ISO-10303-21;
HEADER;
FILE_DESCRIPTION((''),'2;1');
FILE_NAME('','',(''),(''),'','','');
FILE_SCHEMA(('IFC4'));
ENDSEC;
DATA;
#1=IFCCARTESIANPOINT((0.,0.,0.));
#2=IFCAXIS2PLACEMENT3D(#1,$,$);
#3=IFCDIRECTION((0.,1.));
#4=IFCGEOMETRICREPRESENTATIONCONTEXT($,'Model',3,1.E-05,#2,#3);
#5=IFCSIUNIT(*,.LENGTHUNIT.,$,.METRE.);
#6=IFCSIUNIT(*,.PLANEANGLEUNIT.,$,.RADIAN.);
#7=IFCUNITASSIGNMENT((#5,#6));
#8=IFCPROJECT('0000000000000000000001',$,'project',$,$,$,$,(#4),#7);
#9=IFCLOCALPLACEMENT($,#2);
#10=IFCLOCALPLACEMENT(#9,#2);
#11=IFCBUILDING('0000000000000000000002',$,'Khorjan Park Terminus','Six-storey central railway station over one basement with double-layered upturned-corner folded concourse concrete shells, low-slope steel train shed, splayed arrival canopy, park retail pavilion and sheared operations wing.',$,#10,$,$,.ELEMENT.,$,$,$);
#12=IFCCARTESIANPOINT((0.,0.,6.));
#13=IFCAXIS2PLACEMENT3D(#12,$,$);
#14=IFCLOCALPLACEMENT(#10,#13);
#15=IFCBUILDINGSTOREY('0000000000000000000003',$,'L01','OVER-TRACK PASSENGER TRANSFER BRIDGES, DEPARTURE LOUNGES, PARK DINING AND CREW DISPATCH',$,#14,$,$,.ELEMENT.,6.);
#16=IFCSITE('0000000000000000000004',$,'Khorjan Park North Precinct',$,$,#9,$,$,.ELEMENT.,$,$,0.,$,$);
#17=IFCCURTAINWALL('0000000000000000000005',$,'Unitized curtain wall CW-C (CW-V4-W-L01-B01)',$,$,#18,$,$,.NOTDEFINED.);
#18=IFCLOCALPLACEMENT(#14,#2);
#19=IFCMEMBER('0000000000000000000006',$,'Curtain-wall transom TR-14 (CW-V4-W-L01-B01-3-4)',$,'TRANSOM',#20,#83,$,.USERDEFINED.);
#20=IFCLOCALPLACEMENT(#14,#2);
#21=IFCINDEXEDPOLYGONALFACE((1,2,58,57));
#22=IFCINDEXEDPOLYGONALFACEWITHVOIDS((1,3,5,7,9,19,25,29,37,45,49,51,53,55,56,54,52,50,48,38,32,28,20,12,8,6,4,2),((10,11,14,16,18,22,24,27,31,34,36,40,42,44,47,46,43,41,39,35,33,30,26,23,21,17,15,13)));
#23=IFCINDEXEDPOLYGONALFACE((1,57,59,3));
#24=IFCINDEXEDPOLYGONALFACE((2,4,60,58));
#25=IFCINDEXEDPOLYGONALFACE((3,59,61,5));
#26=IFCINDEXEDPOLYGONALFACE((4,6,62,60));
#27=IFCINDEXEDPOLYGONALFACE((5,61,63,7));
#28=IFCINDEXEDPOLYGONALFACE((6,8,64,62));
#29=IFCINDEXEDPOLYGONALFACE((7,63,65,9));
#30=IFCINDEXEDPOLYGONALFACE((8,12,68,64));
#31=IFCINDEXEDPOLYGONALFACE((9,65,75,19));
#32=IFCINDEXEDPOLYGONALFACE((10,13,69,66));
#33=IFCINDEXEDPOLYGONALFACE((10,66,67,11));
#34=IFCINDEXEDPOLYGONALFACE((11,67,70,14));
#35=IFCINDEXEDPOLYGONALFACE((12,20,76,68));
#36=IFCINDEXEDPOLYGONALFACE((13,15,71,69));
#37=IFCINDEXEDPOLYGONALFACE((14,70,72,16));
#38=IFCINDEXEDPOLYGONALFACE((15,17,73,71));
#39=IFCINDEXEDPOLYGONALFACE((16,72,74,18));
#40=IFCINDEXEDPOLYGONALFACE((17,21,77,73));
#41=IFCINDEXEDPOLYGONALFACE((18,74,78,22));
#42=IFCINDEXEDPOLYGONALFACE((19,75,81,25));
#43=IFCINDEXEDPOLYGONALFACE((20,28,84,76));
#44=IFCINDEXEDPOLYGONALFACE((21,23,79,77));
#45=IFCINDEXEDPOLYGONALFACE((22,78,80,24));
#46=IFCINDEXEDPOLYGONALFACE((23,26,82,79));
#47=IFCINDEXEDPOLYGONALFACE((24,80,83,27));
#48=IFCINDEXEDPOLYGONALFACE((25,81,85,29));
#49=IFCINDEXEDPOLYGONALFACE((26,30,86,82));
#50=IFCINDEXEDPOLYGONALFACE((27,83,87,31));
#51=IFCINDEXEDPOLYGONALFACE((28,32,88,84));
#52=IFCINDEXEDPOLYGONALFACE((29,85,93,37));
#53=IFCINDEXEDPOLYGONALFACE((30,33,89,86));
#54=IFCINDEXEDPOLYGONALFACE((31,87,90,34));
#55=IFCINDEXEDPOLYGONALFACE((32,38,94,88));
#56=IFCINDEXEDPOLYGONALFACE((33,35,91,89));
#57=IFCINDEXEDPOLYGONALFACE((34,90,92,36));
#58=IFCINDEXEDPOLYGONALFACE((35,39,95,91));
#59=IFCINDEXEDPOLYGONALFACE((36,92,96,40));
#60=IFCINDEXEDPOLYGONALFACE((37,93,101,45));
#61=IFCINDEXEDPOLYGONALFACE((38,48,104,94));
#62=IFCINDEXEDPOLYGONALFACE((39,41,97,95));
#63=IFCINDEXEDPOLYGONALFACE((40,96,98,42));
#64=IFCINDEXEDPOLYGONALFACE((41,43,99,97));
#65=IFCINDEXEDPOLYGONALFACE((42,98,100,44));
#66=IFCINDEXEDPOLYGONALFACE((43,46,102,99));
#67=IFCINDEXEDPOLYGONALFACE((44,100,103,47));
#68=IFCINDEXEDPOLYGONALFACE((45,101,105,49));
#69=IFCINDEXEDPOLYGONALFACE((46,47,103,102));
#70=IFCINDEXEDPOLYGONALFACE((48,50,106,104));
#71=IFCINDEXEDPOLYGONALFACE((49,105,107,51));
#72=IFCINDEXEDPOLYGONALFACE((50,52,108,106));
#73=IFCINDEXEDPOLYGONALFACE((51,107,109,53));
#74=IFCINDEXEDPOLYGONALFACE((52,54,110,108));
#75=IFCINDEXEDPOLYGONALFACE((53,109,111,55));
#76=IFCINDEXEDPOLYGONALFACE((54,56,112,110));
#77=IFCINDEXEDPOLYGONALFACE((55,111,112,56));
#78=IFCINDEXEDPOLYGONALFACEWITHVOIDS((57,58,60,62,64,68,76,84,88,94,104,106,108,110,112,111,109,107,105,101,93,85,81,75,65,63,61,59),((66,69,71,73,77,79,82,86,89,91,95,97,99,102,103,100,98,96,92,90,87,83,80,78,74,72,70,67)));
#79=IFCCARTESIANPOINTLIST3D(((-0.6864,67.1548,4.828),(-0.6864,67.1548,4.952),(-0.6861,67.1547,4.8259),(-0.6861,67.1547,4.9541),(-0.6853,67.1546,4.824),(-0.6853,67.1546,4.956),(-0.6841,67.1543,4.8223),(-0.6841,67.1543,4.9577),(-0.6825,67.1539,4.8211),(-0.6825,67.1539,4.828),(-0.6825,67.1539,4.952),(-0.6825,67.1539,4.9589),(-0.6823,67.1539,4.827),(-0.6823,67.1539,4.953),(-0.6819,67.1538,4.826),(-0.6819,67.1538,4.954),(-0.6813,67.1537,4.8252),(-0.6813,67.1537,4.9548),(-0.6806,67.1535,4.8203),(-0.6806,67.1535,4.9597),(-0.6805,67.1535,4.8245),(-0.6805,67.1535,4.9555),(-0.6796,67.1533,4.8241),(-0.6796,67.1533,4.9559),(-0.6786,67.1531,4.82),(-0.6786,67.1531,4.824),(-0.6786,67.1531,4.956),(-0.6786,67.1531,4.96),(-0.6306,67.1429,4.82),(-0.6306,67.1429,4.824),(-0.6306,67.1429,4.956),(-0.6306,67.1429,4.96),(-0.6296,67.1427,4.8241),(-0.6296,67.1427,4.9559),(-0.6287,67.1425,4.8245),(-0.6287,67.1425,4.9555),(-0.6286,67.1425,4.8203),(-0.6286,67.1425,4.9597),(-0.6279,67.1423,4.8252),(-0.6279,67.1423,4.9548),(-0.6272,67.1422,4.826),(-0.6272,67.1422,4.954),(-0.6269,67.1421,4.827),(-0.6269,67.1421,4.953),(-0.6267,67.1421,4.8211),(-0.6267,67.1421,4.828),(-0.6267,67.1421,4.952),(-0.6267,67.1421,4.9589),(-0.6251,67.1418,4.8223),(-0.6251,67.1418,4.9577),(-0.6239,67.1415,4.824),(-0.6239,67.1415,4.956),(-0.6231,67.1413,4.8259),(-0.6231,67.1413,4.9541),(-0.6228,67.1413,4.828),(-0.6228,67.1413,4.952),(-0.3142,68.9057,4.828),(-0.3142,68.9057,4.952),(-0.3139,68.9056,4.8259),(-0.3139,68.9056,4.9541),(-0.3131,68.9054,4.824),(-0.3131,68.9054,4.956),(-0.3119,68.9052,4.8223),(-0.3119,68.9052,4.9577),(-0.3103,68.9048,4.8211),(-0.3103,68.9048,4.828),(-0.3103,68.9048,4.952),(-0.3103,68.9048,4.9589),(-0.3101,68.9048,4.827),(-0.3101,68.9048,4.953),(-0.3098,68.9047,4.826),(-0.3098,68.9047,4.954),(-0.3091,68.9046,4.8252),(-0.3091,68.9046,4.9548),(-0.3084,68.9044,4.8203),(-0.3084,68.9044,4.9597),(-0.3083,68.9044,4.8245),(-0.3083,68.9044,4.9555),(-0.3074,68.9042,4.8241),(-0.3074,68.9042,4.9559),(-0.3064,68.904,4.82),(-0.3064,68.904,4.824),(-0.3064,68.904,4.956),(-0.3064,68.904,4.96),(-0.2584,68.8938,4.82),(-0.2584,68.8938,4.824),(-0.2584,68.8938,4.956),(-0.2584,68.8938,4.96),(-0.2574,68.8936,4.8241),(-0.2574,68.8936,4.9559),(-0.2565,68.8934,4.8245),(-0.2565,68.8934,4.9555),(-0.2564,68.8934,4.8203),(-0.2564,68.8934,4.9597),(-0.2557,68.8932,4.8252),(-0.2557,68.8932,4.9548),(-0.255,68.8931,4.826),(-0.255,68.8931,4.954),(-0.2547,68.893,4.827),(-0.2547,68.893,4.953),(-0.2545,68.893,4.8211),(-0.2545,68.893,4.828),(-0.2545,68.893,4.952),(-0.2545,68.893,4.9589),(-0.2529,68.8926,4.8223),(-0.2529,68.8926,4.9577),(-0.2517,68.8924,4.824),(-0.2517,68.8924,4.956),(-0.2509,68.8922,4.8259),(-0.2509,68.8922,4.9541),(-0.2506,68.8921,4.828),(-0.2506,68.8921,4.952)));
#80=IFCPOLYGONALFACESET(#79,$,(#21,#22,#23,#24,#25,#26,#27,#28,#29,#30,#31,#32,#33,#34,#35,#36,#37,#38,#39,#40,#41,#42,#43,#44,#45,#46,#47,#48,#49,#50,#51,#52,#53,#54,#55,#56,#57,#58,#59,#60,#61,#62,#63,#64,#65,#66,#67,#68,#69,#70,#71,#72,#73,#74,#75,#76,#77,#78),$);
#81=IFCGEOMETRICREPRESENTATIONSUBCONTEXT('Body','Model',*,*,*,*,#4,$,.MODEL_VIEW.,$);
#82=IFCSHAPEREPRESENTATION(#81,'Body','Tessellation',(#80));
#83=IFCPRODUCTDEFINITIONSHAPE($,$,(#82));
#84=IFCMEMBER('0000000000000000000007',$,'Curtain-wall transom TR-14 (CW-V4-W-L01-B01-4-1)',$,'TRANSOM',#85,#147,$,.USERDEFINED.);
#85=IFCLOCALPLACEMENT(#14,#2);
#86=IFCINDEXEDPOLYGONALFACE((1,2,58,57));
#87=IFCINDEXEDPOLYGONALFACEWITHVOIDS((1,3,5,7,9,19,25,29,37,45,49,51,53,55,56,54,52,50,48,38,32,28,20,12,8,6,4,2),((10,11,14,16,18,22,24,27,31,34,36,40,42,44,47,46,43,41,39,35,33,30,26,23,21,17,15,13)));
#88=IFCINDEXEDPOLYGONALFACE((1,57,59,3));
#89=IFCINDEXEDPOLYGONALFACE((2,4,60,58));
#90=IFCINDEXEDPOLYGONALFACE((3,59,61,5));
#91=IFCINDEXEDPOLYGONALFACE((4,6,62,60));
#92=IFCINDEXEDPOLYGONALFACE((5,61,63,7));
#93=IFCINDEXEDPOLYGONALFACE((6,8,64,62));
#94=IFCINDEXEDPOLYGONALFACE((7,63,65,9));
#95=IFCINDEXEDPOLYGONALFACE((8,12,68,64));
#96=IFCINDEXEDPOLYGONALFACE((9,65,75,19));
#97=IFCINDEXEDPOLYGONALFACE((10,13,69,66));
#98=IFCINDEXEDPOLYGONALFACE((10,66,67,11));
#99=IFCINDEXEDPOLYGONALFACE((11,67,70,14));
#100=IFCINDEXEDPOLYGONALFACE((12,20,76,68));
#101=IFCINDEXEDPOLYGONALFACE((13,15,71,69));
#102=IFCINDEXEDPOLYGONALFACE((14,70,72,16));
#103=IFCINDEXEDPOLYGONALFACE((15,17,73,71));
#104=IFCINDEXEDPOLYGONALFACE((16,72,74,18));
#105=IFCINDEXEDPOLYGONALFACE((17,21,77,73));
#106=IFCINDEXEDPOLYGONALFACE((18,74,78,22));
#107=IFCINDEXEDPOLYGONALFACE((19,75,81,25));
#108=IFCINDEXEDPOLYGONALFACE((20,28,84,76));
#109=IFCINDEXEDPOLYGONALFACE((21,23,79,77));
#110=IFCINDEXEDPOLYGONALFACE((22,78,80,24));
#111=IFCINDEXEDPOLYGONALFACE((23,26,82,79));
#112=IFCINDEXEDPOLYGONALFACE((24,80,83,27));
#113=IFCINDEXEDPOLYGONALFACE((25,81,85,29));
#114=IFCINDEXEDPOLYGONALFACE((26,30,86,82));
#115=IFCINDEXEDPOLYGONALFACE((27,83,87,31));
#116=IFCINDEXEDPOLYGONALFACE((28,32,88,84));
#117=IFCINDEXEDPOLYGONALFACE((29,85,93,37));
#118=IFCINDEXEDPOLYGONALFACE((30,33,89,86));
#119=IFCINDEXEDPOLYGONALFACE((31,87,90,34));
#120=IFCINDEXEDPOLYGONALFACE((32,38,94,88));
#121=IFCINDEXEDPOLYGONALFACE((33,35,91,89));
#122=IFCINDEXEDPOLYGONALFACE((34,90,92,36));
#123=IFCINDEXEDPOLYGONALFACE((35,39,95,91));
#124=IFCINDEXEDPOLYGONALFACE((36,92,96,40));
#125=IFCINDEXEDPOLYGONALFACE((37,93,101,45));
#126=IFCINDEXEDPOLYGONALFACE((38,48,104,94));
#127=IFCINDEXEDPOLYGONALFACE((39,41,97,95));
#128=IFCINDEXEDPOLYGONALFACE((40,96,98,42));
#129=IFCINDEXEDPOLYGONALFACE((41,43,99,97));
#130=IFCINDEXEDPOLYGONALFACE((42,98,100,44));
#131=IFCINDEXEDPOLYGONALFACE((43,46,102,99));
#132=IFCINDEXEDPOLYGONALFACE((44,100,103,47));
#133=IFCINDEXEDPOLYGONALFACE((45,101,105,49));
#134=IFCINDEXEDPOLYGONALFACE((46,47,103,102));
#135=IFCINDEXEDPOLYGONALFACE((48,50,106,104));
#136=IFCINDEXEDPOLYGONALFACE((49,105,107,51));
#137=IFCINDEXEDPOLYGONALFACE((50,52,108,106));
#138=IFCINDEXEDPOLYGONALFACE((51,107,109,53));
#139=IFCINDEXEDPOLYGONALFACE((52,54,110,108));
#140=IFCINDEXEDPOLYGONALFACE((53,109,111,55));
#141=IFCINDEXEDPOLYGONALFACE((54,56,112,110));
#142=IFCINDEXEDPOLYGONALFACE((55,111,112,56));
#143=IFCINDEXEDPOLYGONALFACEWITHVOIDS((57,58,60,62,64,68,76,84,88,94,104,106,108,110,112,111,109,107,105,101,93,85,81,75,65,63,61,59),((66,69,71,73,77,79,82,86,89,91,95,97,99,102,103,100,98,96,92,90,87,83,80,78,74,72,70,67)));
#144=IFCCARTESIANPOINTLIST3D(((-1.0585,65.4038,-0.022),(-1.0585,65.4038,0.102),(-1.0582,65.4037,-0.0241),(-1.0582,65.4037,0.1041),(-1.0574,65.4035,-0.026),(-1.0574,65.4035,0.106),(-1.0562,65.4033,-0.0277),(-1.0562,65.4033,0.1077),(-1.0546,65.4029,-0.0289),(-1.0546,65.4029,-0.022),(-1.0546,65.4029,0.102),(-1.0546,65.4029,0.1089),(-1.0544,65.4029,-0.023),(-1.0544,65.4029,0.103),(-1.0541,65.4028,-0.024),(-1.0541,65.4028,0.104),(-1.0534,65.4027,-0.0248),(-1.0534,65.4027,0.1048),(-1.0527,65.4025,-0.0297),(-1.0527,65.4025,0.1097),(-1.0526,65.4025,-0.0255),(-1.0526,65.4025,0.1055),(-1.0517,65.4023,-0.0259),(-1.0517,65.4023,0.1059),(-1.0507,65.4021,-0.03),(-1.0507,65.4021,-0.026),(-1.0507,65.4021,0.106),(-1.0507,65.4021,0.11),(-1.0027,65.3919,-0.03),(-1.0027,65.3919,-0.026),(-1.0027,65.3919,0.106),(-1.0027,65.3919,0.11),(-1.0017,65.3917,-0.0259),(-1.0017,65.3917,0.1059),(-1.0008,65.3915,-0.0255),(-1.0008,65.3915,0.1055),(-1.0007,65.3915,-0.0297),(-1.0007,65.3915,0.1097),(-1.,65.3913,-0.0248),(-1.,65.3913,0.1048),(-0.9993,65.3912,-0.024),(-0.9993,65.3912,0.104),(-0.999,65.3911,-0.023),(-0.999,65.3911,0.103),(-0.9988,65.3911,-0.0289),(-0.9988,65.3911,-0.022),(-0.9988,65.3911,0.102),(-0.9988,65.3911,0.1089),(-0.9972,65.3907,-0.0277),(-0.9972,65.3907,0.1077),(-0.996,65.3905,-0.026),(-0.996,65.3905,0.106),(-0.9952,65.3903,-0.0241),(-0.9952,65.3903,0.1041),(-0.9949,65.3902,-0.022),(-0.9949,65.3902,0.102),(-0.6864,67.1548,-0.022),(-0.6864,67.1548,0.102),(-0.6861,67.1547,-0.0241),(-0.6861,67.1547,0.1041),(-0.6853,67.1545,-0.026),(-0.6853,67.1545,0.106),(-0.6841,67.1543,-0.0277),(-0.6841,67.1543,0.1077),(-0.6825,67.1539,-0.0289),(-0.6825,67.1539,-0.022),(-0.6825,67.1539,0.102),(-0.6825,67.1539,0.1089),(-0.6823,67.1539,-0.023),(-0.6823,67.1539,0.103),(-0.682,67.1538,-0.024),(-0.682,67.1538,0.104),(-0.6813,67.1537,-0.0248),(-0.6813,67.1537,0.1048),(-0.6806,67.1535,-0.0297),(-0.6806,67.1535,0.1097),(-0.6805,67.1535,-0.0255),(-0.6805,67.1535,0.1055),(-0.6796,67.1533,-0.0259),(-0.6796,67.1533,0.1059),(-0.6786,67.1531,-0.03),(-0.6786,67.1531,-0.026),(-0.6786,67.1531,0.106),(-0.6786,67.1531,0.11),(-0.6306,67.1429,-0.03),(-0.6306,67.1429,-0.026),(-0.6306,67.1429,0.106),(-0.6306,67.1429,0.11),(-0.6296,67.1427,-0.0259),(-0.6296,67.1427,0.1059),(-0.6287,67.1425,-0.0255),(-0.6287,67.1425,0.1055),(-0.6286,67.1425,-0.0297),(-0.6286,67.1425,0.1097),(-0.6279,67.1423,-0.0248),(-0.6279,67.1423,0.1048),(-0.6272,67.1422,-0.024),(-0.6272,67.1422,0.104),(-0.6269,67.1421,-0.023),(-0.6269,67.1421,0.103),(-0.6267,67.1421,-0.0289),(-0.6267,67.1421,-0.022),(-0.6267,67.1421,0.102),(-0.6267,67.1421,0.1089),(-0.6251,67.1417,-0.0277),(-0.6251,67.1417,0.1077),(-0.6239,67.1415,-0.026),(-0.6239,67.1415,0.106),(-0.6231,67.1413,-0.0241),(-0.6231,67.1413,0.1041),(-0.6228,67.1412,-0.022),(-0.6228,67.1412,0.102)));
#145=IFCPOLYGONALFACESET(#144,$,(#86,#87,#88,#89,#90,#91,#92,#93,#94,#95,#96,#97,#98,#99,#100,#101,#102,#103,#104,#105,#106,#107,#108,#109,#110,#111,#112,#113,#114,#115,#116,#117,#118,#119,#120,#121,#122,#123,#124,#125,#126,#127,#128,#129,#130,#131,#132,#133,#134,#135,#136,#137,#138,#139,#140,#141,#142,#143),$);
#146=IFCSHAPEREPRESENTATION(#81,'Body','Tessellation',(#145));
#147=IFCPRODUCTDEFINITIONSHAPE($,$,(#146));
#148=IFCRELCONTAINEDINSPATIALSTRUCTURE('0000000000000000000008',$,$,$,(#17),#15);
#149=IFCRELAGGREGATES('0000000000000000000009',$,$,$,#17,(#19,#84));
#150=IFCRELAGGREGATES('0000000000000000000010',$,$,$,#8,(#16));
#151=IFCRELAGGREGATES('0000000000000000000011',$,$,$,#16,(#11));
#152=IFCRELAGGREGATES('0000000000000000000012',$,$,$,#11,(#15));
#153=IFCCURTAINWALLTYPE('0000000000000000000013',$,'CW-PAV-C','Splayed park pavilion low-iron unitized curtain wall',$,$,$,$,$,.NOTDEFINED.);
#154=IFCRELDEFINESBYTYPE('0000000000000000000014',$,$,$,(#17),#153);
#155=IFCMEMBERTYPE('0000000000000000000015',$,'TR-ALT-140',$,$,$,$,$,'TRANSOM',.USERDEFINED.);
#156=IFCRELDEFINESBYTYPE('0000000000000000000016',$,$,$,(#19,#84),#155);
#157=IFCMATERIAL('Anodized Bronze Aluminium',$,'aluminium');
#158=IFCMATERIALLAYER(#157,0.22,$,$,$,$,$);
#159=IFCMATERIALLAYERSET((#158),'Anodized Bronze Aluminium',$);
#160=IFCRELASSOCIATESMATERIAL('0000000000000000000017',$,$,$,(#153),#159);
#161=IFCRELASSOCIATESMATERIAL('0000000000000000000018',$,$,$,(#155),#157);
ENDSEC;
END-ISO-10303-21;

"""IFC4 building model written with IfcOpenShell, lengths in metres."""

from ifc_helpers import new_model, si_unit, direction, frame, origin, origin_2d, place, context, subcontext, project, spatial, hollow_rectangle, extrude, material, layer, layer_set, material_profile, profile_set, type_object, element, aggregate, save


model = new_model("IFC4")

# Units and contexts
model_context = context("Model", 3, precision=1e-05, world=origin(), true_north=direction((0.0, 1.0)))
body_context = subcontext(model_context, "Body", "Model", "MODEL_VIEW")
ifc_project = project(units=[si_unit("LENGTHUNIT", "METRE"), si_unit("PLANEANGLEUNIT", "RADIAN")], contexts=[model_context])

# Site, building, storey
site_placement = place(None, origin())
site = spatial("IfcSite", under=ifc_project, at=site_placement, Name="Khorjan Park North Precinct", CompositionType="ELEMENT", RefElevation=0.0)
building_placement = place(site_placement, origin())
building = spatial("IfcBuilding", under=site, at=building_placement, Name="Khorjan Park Terminus", Description="Six-storey central railway station over one basement with double-layered upturned-corner folded concourse concrete shells, low-slope steel train shed, splayed arrival canopy, park retail pavilion and sheared operations wing.", CompositionType="ELEMENT")
storey_placement = place(building_placement, frame((0.0, 0.0, 6.0)))
storey = spatial("IfcBuildingStorey", under=building, at=storey_placement, Name="L01", Description="OVER-TRACK PASSENGER TRANSFER BRIDGES, DEPARTURE LOUNGES, PARK DINING AND CREW DISPATCH", CompositionType="ELEMENT", Elevation=6.0)

# Curtain wall, members
ifc_material_1 = material(Name="Anodized Bronze Aluminium", Category="aluminium")
ifc_layer_1 = layer(ifc_material_1, 0.22)
ifc_layer_set_1 = layer_set([ifc_layer_1], Name="Anodized Bronze Aluminium")
curtain_wall_type = type_object("IfcCurtainWallType", Name="CW-PAV-C", Description="Splayed park pavilion low-iron unitized curtain wall", PredefinedType="NOTDEFINED", material=ifc_layer_set_1)
curtain_wall_placement = place(storey_placement, origin())
curtain_wall = element("IfcCurtainWall", 1, at=curtain_wall_placement, inside=storey, type_object=curtain_wall_type, Name="Unitized curtain wall CW-C (CW-V4-W-L01-B01)", PredefinedType="NOTDEFINED")
ifc_material_profile_1 = material_profile(ifc_material_1, hollow_rectangle(XDim=0.065, YDim=0.14, WallThickness=0.004, InnerFilletRadius=0.004, OuterFilletRadius=0.008, at=origin_2d()), Name="ALT 65x140x4")
ifc_profile_set_1 = profile_set([ifc_material_profile_1], Name="Anodized Bronze Aluminium")
member_type_1 = type_object("IfcMemberType", Name="TR-ALT-140", ElementType="TRANSOM", PredefinedType="USERDEFINED", material=ifc_profile_set_1)
member_1_placement = place(storey_placement, frame((-0.2824, 68.8989, 4.89), z_axis=(-0.20793, -0.978144, 0.0), x_axis=(0.978144, -0.20793, 0.0)))
member_1 = element("IfcMember", 2, at=member_1_placement, type_object=member_type_1, Name="Curtain-wall transom TR-14 (CW-V4-W-L01-B01-3-4)", ObjectType="TRANSOM", PredefinedType="USERDEFINED", context=body_context, shape_type="SweptSolid", body=[
    extrude(hollow_rectangle(XDim=0.065, YDim=0.14, WallThickness=0.004, InnerFilletRadius=0.004, OuterFilletRadius=0.008, at=origin_2d()), origin(), (0.0, 0.0, 1.0), 1.79),
])
member_2_placement = place(storey_placement, frame((-0.6546, 67.148, 0.04), z_axis=(-0.207865, -0.978157, 0.0), x_axis=(0.978157, -0.207865, 0.0)))
member_2 = element("IfcMember", 3, at=member_2_placement, type_object=member_type_1, Name="Curtain-wall transom TR-14 (CW-V4-W-L01-B01-4-1)", ObjectType="TRANSOM", PredefinedType="USERDEFINED", context=body_context, shape_type="SweptSolid", body=[
    extrude(hollow_rectangle(XDim=0.065, YDim=0.14, WallThickness=0.004, InnerFilletRadius=0.004, OuterFilletRadius=0.008, at=origin_2d()), origin(), (0.0, 0.0, 1.0), 1.7901),
])
aggregate(curtain_wall, [member_1, member_2])

save(model, "model.ifc")
